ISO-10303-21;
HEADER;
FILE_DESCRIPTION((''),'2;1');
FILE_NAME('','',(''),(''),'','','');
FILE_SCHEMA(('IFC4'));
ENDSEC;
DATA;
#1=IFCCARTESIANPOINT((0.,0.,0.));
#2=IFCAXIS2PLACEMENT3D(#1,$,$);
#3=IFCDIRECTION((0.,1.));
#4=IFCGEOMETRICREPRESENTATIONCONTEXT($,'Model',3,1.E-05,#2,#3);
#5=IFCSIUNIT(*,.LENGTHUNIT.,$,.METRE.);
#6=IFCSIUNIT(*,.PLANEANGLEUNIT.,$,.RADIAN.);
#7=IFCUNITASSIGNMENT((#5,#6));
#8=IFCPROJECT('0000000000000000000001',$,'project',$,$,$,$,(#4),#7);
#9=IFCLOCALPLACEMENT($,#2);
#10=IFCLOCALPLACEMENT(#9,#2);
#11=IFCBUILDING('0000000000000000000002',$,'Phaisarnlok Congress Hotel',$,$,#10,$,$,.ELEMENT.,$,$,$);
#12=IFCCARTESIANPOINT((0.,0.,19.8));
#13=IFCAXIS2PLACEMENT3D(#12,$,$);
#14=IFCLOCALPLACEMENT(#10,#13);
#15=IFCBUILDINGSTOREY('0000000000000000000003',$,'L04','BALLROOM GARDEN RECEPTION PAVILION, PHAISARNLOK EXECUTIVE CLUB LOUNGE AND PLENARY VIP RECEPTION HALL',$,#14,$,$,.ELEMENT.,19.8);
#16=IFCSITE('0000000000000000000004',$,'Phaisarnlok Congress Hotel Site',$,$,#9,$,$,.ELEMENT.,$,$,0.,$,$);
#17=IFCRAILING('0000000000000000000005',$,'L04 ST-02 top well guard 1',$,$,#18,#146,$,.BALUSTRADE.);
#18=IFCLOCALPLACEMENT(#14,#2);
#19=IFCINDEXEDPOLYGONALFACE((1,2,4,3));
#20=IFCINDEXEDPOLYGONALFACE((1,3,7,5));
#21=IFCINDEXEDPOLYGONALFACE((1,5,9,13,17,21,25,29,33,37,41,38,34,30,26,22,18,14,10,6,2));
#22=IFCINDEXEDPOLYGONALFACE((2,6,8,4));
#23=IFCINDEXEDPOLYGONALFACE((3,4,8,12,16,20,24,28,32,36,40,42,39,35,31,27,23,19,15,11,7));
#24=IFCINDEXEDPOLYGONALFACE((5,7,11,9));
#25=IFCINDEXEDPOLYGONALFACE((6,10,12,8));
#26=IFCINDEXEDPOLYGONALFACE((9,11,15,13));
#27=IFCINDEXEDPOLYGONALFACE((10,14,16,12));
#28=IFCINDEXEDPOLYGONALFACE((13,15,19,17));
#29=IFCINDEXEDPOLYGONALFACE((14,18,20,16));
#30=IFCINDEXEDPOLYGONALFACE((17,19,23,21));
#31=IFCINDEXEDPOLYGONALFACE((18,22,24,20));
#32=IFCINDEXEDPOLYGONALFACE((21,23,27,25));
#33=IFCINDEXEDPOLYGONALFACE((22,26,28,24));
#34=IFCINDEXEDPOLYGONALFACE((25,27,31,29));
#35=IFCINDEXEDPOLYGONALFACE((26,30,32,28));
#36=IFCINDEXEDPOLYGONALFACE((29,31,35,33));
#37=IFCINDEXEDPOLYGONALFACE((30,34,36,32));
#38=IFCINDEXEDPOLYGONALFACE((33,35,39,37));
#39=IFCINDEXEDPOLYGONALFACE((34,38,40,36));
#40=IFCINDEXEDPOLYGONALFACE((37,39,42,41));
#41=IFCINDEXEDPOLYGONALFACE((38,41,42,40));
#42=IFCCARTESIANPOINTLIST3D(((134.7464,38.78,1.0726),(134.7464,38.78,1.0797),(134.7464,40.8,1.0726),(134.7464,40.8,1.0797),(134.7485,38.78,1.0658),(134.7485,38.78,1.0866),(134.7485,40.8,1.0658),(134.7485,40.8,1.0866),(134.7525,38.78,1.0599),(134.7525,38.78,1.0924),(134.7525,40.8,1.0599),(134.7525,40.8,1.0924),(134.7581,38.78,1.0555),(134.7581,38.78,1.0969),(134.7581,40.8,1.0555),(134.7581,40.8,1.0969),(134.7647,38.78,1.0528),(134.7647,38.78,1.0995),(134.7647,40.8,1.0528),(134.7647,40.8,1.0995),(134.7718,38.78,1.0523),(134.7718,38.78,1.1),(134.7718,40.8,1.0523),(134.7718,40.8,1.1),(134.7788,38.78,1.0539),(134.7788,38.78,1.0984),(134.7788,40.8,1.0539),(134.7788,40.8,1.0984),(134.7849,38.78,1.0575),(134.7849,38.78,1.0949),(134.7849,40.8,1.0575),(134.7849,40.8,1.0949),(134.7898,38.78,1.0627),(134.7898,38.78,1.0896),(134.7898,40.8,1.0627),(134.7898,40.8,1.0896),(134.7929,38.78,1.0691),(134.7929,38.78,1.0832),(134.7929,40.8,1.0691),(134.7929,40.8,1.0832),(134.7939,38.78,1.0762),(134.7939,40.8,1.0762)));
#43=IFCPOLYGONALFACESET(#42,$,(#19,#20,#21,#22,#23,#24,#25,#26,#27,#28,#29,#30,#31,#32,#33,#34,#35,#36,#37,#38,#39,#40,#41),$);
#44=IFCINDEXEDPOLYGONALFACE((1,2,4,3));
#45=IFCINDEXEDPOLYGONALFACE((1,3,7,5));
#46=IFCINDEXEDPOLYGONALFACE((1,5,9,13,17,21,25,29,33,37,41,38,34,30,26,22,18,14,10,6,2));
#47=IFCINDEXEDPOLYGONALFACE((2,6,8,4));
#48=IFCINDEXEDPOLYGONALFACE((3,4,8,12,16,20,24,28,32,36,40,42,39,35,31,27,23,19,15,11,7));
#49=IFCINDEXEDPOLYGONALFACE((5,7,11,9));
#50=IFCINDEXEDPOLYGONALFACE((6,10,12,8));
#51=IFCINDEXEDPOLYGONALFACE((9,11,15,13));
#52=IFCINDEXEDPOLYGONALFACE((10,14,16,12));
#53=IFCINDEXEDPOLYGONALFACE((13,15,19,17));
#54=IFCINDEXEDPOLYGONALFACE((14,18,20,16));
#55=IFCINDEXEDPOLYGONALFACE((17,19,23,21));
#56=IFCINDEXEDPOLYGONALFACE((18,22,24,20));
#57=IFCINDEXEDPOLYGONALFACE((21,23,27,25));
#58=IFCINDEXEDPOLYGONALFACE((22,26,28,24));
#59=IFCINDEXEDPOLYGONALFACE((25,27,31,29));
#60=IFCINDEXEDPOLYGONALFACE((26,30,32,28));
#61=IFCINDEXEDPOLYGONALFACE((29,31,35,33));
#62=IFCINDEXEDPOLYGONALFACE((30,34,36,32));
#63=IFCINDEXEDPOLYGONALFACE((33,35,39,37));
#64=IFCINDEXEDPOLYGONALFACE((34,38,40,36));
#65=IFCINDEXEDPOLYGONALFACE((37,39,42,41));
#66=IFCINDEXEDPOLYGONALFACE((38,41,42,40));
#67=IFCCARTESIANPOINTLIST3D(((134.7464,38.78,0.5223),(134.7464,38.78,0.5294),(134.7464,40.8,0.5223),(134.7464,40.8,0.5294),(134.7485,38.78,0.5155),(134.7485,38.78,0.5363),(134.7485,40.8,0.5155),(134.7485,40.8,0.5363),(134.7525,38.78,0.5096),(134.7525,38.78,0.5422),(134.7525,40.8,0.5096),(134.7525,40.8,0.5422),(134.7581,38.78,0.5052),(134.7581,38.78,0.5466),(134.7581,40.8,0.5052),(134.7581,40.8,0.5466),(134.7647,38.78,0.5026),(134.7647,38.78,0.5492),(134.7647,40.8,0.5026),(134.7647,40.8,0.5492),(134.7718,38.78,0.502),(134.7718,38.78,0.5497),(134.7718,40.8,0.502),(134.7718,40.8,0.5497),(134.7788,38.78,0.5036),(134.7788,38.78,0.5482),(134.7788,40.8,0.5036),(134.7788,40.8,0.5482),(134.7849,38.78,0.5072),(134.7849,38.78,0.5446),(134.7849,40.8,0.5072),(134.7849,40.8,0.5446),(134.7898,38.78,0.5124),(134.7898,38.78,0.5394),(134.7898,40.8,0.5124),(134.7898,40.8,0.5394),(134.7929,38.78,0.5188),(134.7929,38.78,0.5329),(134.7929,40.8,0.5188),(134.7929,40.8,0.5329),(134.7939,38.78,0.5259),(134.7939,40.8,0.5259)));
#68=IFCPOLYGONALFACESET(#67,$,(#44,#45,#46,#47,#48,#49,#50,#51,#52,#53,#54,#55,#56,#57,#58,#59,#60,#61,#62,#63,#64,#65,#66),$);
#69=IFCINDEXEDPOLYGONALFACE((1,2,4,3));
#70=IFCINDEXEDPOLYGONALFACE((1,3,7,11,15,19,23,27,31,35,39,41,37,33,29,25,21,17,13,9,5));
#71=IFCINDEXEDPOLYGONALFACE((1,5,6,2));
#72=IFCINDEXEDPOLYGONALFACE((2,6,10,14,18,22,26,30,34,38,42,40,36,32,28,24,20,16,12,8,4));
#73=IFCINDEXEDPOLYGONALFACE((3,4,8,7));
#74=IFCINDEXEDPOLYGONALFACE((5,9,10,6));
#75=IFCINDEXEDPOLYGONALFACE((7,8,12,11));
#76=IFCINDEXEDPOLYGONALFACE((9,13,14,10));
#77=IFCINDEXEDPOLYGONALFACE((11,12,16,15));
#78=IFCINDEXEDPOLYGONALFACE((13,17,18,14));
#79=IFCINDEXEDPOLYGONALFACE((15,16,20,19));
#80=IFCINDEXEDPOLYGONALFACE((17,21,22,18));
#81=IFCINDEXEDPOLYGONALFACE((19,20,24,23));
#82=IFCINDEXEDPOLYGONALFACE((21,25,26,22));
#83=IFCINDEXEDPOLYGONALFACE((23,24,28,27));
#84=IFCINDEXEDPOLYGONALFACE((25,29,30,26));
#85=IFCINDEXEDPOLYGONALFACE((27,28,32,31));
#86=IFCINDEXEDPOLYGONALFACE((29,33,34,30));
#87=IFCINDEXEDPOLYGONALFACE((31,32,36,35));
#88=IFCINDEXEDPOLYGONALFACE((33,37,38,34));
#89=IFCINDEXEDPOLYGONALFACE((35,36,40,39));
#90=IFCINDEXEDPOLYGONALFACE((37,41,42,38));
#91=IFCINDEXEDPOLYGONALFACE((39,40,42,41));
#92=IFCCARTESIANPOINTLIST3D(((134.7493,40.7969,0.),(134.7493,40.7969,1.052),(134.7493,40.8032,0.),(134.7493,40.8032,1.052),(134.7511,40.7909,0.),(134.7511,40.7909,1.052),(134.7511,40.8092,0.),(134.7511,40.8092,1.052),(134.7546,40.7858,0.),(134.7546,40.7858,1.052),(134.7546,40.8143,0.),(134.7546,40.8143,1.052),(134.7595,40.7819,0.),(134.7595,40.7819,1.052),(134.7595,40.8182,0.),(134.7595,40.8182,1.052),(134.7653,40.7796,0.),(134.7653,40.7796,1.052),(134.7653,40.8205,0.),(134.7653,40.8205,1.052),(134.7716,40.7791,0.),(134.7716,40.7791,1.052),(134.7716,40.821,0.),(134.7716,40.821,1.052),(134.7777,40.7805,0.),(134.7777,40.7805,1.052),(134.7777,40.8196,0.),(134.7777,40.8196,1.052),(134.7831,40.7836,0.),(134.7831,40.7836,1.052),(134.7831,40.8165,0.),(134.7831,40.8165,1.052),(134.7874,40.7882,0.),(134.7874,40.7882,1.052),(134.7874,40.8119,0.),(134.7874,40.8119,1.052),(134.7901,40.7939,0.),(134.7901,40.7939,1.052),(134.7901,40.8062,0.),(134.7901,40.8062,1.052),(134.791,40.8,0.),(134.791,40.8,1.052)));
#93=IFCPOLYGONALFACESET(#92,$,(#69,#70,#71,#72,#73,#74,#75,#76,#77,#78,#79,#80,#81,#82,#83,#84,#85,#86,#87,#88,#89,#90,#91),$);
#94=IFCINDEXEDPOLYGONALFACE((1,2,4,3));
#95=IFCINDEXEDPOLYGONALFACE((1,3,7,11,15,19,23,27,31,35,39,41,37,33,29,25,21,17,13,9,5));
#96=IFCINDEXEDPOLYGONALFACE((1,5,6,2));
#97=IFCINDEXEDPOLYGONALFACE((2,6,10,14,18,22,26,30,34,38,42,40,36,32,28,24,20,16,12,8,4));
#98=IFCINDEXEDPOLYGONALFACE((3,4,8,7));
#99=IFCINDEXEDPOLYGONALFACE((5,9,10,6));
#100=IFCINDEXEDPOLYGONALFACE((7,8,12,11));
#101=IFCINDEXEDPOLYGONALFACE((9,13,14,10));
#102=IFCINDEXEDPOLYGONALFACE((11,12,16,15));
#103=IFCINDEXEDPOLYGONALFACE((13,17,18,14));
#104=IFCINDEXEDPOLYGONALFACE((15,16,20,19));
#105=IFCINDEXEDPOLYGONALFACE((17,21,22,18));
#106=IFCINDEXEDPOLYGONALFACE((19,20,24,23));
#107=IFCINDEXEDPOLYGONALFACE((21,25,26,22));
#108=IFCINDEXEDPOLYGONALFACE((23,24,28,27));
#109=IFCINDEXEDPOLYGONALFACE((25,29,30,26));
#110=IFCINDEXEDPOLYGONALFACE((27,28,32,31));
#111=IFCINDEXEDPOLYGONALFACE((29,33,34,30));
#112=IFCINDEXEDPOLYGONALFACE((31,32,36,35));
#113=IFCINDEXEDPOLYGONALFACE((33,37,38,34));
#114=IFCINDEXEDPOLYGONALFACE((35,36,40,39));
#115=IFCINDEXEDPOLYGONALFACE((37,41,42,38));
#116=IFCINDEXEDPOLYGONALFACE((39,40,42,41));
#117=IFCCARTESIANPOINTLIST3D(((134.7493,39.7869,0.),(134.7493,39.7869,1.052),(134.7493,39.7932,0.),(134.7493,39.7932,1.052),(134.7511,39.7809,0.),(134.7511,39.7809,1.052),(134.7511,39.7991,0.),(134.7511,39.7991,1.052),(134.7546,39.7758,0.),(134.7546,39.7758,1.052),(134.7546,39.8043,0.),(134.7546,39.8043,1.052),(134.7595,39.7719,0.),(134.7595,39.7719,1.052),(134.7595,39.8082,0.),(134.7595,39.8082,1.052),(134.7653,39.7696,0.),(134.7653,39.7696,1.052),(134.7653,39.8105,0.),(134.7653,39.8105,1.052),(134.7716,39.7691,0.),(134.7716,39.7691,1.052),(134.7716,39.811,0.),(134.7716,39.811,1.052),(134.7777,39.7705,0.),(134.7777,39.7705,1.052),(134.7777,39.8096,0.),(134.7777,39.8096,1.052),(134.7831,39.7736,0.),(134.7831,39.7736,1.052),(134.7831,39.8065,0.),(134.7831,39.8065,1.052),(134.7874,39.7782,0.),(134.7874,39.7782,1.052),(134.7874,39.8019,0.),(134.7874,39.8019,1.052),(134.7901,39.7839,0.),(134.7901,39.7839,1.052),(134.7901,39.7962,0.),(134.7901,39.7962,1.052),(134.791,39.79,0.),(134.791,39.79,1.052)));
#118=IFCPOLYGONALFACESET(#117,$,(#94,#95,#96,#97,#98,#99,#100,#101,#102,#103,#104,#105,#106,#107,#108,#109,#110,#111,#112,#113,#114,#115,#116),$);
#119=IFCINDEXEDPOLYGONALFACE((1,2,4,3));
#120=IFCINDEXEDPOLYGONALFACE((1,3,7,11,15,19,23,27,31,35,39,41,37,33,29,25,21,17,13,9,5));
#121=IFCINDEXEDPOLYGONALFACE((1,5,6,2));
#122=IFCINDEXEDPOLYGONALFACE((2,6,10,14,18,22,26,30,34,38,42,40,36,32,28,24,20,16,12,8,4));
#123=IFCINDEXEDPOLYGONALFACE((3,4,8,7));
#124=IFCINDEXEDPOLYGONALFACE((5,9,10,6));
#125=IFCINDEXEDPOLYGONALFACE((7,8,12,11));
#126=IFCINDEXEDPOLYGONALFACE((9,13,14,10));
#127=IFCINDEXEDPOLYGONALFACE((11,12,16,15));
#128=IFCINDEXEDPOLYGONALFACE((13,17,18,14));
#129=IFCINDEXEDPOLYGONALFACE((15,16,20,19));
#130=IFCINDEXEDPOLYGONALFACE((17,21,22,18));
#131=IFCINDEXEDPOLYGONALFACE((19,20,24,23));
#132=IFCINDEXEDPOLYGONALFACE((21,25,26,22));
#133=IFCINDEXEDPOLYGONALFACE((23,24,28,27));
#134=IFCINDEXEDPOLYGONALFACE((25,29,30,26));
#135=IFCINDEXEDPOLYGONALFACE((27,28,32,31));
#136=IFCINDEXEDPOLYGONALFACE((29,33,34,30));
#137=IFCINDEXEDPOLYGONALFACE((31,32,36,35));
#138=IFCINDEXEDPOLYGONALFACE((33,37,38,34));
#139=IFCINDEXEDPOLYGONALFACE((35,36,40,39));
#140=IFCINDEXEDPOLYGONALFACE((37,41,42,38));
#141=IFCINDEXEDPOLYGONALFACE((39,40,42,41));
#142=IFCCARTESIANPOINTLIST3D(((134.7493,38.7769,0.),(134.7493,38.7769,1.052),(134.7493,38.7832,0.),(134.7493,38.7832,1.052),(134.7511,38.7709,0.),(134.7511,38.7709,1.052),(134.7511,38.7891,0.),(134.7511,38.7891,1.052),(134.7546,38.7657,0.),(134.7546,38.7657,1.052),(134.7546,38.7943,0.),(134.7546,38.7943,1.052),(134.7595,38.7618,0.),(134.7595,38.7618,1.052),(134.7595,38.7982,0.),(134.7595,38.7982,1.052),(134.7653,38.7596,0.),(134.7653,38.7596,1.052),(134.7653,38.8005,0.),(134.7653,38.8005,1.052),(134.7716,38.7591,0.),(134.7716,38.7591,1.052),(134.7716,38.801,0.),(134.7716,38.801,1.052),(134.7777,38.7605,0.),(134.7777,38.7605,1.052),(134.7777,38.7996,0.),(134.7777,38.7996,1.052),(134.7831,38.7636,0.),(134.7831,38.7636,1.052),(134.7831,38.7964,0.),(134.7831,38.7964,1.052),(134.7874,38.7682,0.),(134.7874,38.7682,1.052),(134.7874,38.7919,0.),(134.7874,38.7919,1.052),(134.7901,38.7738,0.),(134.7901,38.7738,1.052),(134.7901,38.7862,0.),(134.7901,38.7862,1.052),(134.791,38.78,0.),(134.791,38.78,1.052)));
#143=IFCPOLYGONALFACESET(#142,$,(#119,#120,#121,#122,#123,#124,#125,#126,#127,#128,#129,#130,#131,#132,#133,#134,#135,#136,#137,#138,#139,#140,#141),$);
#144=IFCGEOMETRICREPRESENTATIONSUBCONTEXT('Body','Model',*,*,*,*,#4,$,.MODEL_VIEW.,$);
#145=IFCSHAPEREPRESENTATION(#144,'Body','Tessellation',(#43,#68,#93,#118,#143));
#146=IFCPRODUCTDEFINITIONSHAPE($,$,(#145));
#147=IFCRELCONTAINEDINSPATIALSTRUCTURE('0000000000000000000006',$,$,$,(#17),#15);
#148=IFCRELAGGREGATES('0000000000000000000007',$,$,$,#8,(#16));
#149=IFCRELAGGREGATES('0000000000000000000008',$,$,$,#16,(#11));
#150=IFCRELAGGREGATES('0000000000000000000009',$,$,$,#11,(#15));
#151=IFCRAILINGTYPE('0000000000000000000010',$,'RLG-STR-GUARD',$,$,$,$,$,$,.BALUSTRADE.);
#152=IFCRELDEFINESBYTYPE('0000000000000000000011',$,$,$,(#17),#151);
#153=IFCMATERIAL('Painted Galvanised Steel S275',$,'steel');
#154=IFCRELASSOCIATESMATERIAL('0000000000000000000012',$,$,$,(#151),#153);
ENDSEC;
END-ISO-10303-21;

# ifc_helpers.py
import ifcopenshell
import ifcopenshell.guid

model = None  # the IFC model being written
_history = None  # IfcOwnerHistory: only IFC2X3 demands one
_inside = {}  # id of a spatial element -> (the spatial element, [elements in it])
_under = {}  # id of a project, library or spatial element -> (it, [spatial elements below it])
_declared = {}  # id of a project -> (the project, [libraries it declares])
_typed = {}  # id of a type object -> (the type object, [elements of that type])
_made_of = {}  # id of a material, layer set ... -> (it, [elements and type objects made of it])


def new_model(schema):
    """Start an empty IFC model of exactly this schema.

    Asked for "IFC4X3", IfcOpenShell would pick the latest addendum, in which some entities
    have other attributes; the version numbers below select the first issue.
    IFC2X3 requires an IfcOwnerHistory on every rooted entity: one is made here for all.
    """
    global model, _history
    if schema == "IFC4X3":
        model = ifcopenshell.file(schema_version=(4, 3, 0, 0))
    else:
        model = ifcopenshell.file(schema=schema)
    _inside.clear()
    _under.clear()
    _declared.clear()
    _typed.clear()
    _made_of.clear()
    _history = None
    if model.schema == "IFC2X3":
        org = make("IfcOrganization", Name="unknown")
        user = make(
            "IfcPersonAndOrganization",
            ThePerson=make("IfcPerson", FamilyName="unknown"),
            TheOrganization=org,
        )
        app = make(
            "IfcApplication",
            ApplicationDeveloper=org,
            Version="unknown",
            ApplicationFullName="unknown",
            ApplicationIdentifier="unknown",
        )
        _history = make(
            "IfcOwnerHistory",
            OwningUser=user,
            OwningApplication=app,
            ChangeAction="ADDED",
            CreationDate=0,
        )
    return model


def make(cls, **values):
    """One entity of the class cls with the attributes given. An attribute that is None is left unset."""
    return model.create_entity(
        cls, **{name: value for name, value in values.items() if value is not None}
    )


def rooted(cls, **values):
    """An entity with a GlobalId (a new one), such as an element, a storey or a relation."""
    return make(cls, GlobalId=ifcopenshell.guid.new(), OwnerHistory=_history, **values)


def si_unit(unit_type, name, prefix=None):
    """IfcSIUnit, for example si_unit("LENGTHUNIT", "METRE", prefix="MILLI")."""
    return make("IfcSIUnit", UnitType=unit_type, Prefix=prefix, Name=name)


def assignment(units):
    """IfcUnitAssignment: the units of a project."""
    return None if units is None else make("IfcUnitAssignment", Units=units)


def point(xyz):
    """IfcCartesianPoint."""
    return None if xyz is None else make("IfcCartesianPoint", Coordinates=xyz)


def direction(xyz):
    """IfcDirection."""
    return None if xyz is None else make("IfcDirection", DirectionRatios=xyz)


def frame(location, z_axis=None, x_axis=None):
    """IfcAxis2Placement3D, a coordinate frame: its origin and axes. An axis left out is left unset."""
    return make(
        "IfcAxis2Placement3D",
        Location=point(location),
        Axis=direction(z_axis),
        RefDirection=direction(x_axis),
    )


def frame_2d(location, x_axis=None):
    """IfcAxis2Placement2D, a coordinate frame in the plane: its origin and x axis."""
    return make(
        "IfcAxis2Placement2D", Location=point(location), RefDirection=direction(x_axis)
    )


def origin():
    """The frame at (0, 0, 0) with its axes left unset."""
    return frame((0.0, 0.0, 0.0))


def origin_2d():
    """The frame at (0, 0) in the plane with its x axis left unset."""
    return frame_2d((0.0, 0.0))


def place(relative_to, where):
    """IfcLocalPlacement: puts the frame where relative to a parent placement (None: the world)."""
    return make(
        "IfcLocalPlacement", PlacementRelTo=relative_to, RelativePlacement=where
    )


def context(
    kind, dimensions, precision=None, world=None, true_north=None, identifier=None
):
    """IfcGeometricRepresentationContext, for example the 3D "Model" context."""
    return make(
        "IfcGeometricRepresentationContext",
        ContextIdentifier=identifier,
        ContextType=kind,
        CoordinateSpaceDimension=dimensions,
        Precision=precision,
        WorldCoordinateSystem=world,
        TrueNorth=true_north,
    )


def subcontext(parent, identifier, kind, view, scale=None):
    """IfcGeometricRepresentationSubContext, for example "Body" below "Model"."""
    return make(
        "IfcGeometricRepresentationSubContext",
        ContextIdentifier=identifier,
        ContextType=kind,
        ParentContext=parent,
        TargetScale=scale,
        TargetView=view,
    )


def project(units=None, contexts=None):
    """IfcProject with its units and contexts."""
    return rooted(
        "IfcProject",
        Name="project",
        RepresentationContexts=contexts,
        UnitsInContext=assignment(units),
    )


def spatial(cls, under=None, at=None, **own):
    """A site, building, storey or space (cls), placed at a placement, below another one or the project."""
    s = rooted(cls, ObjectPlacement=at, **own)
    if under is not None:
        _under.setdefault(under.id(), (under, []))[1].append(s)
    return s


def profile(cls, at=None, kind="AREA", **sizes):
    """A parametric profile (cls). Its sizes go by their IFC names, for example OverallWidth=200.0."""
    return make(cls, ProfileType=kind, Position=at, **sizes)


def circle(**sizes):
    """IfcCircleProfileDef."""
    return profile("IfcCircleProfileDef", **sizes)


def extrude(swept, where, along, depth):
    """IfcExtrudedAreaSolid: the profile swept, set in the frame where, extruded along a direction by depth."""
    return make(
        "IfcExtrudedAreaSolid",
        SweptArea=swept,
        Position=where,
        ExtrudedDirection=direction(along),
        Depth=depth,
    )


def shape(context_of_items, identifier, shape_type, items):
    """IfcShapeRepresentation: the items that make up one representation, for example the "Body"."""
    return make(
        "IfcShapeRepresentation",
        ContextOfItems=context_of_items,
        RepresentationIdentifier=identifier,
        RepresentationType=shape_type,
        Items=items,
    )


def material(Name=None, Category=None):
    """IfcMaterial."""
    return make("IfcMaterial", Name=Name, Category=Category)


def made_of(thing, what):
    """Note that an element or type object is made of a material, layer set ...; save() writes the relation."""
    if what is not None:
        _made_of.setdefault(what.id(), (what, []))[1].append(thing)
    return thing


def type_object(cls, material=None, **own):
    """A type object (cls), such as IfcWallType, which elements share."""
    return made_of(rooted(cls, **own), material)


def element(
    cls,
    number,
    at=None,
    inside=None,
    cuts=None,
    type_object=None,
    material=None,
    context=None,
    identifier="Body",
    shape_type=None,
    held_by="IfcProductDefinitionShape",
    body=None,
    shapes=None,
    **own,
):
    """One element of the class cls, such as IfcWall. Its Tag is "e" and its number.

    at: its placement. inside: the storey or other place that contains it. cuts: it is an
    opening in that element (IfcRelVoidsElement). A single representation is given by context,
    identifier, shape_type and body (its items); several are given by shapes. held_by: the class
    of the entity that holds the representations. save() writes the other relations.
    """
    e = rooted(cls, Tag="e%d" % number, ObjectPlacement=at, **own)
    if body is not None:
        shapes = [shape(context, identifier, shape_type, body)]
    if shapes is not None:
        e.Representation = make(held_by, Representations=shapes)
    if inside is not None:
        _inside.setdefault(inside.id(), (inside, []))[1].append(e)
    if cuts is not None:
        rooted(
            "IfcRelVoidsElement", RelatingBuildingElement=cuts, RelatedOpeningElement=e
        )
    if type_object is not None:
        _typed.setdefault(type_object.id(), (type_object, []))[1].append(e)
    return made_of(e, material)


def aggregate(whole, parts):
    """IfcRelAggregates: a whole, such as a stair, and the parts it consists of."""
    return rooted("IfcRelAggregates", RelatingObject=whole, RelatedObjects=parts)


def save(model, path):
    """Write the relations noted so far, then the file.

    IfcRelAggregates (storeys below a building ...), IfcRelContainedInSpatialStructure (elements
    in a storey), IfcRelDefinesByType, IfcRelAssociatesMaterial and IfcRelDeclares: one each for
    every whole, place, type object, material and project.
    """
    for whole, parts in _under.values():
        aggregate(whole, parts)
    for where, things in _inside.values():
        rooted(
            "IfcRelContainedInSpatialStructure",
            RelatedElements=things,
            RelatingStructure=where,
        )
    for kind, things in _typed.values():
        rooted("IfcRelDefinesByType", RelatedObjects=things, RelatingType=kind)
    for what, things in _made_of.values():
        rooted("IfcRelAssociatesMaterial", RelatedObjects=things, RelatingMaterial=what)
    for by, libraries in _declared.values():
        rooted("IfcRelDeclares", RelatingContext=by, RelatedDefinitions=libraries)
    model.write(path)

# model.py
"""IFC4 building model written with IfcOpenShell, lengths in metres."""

from ifc_helpers import new_model, si_unit, direction, frame, origin, origin_2d, place, context, subcontext, project, spatial, circle, extrude, material, type_object, element, save


model = new_model("IFC4")

# Units and contexts
model_context = context("Model", 3, precision=1e-05, world=origin(), true_north=direction((0.0, 1.0)))
body_context = subcontext(model_context, "Body", "Model", "MODEL_VIEW")
ifc_project = project(units=[si_unit("LENGTHUNIT", "METRE"), si_unit("PLANEANGLEUNIT", "RADIAN")], contexts=[model_context])

# Site, building, storey
site_placement = place(None, origin())
site = spatial("IfcSite", under=ifc_project, at=site_placement, Name="Phaisarnlok Congress Hotel Site", CompositionType="ELEMENT", RefElevation=0.0)
building_placement = place(site_placement, origin())
building = spatial("IfcBuilding", under=site, at=building_placement, Name="Phaisarnlok Congress Hotel", CompositionType="ELEMENT")
storey_placement = place(building_placement, frame((0.0, 0.0, 19.8)))
storey = spatial("IfcBuildingStorey", under=building, at=storey_placement, Name="L04", Description="BALLROOM GARDEN RECEPTION PAVILION, PHAISARNLOK EXECUTIVE CLUB LOUNGE AND PLENARY VIP RECEPTION HALL", CompositionType="ELEMENT", Elevation=19.8)

# Railing
ifc_material_1 = material(Name="Painted Galvanised Steel S275", Category="steel")
railing_type = type_object("IfcRailingType", Name="RLG-STR-GUARD", PredefinedType="BALUSTRADE", material=ifc_material_1)
railing_placement = place(storey_placement, frame((134.77, 40.8, 0.0)))
element("IfcRailing", 1, at=railing_placement, inside=storey, type_object=railing_type, Name="L04 ST-02 top well guard 1", PredefinedType="BALUSTRADE", context=body_context, shape_type="SweptSolid", body=[
    extrude(circle(Radius=0.0239, at=origin_2d()), frame((0.0, 0.0, 1.0762), z_axis=(0.0, -1.0, 0.0), x_axis=(1.0, 0.0, 0.0)), (0.0, 0.0, 1.0), 2.02),
    extrude(circle(Radius=0.0239, at=origin_2d()), frame((0.0, 0.0, 0.5259), z_axis=(0.0, -1.0, 0.0), x_axis=(1.0, 0.0, 0.0)), (0.0, 0.0, 1.0), 2.02),
    extrude(circle(Radius=0.021, at=origin_2d()), origin(), (0.0, 0.0, 1.0), 1.052),
    extrude(circle(Radius=0.021, at=origin_2d()), frame((0.0, -1.01, 0.0)), (0.0, 0.0, 1.0), 1.052),
    extrude(circle(Radius=0.021, at=origin_2d()), frame((0.0, -2.02, 0.0)), (0.0, 0.0, 1.0), 1.052),
])

save(model, "model.ifc")
